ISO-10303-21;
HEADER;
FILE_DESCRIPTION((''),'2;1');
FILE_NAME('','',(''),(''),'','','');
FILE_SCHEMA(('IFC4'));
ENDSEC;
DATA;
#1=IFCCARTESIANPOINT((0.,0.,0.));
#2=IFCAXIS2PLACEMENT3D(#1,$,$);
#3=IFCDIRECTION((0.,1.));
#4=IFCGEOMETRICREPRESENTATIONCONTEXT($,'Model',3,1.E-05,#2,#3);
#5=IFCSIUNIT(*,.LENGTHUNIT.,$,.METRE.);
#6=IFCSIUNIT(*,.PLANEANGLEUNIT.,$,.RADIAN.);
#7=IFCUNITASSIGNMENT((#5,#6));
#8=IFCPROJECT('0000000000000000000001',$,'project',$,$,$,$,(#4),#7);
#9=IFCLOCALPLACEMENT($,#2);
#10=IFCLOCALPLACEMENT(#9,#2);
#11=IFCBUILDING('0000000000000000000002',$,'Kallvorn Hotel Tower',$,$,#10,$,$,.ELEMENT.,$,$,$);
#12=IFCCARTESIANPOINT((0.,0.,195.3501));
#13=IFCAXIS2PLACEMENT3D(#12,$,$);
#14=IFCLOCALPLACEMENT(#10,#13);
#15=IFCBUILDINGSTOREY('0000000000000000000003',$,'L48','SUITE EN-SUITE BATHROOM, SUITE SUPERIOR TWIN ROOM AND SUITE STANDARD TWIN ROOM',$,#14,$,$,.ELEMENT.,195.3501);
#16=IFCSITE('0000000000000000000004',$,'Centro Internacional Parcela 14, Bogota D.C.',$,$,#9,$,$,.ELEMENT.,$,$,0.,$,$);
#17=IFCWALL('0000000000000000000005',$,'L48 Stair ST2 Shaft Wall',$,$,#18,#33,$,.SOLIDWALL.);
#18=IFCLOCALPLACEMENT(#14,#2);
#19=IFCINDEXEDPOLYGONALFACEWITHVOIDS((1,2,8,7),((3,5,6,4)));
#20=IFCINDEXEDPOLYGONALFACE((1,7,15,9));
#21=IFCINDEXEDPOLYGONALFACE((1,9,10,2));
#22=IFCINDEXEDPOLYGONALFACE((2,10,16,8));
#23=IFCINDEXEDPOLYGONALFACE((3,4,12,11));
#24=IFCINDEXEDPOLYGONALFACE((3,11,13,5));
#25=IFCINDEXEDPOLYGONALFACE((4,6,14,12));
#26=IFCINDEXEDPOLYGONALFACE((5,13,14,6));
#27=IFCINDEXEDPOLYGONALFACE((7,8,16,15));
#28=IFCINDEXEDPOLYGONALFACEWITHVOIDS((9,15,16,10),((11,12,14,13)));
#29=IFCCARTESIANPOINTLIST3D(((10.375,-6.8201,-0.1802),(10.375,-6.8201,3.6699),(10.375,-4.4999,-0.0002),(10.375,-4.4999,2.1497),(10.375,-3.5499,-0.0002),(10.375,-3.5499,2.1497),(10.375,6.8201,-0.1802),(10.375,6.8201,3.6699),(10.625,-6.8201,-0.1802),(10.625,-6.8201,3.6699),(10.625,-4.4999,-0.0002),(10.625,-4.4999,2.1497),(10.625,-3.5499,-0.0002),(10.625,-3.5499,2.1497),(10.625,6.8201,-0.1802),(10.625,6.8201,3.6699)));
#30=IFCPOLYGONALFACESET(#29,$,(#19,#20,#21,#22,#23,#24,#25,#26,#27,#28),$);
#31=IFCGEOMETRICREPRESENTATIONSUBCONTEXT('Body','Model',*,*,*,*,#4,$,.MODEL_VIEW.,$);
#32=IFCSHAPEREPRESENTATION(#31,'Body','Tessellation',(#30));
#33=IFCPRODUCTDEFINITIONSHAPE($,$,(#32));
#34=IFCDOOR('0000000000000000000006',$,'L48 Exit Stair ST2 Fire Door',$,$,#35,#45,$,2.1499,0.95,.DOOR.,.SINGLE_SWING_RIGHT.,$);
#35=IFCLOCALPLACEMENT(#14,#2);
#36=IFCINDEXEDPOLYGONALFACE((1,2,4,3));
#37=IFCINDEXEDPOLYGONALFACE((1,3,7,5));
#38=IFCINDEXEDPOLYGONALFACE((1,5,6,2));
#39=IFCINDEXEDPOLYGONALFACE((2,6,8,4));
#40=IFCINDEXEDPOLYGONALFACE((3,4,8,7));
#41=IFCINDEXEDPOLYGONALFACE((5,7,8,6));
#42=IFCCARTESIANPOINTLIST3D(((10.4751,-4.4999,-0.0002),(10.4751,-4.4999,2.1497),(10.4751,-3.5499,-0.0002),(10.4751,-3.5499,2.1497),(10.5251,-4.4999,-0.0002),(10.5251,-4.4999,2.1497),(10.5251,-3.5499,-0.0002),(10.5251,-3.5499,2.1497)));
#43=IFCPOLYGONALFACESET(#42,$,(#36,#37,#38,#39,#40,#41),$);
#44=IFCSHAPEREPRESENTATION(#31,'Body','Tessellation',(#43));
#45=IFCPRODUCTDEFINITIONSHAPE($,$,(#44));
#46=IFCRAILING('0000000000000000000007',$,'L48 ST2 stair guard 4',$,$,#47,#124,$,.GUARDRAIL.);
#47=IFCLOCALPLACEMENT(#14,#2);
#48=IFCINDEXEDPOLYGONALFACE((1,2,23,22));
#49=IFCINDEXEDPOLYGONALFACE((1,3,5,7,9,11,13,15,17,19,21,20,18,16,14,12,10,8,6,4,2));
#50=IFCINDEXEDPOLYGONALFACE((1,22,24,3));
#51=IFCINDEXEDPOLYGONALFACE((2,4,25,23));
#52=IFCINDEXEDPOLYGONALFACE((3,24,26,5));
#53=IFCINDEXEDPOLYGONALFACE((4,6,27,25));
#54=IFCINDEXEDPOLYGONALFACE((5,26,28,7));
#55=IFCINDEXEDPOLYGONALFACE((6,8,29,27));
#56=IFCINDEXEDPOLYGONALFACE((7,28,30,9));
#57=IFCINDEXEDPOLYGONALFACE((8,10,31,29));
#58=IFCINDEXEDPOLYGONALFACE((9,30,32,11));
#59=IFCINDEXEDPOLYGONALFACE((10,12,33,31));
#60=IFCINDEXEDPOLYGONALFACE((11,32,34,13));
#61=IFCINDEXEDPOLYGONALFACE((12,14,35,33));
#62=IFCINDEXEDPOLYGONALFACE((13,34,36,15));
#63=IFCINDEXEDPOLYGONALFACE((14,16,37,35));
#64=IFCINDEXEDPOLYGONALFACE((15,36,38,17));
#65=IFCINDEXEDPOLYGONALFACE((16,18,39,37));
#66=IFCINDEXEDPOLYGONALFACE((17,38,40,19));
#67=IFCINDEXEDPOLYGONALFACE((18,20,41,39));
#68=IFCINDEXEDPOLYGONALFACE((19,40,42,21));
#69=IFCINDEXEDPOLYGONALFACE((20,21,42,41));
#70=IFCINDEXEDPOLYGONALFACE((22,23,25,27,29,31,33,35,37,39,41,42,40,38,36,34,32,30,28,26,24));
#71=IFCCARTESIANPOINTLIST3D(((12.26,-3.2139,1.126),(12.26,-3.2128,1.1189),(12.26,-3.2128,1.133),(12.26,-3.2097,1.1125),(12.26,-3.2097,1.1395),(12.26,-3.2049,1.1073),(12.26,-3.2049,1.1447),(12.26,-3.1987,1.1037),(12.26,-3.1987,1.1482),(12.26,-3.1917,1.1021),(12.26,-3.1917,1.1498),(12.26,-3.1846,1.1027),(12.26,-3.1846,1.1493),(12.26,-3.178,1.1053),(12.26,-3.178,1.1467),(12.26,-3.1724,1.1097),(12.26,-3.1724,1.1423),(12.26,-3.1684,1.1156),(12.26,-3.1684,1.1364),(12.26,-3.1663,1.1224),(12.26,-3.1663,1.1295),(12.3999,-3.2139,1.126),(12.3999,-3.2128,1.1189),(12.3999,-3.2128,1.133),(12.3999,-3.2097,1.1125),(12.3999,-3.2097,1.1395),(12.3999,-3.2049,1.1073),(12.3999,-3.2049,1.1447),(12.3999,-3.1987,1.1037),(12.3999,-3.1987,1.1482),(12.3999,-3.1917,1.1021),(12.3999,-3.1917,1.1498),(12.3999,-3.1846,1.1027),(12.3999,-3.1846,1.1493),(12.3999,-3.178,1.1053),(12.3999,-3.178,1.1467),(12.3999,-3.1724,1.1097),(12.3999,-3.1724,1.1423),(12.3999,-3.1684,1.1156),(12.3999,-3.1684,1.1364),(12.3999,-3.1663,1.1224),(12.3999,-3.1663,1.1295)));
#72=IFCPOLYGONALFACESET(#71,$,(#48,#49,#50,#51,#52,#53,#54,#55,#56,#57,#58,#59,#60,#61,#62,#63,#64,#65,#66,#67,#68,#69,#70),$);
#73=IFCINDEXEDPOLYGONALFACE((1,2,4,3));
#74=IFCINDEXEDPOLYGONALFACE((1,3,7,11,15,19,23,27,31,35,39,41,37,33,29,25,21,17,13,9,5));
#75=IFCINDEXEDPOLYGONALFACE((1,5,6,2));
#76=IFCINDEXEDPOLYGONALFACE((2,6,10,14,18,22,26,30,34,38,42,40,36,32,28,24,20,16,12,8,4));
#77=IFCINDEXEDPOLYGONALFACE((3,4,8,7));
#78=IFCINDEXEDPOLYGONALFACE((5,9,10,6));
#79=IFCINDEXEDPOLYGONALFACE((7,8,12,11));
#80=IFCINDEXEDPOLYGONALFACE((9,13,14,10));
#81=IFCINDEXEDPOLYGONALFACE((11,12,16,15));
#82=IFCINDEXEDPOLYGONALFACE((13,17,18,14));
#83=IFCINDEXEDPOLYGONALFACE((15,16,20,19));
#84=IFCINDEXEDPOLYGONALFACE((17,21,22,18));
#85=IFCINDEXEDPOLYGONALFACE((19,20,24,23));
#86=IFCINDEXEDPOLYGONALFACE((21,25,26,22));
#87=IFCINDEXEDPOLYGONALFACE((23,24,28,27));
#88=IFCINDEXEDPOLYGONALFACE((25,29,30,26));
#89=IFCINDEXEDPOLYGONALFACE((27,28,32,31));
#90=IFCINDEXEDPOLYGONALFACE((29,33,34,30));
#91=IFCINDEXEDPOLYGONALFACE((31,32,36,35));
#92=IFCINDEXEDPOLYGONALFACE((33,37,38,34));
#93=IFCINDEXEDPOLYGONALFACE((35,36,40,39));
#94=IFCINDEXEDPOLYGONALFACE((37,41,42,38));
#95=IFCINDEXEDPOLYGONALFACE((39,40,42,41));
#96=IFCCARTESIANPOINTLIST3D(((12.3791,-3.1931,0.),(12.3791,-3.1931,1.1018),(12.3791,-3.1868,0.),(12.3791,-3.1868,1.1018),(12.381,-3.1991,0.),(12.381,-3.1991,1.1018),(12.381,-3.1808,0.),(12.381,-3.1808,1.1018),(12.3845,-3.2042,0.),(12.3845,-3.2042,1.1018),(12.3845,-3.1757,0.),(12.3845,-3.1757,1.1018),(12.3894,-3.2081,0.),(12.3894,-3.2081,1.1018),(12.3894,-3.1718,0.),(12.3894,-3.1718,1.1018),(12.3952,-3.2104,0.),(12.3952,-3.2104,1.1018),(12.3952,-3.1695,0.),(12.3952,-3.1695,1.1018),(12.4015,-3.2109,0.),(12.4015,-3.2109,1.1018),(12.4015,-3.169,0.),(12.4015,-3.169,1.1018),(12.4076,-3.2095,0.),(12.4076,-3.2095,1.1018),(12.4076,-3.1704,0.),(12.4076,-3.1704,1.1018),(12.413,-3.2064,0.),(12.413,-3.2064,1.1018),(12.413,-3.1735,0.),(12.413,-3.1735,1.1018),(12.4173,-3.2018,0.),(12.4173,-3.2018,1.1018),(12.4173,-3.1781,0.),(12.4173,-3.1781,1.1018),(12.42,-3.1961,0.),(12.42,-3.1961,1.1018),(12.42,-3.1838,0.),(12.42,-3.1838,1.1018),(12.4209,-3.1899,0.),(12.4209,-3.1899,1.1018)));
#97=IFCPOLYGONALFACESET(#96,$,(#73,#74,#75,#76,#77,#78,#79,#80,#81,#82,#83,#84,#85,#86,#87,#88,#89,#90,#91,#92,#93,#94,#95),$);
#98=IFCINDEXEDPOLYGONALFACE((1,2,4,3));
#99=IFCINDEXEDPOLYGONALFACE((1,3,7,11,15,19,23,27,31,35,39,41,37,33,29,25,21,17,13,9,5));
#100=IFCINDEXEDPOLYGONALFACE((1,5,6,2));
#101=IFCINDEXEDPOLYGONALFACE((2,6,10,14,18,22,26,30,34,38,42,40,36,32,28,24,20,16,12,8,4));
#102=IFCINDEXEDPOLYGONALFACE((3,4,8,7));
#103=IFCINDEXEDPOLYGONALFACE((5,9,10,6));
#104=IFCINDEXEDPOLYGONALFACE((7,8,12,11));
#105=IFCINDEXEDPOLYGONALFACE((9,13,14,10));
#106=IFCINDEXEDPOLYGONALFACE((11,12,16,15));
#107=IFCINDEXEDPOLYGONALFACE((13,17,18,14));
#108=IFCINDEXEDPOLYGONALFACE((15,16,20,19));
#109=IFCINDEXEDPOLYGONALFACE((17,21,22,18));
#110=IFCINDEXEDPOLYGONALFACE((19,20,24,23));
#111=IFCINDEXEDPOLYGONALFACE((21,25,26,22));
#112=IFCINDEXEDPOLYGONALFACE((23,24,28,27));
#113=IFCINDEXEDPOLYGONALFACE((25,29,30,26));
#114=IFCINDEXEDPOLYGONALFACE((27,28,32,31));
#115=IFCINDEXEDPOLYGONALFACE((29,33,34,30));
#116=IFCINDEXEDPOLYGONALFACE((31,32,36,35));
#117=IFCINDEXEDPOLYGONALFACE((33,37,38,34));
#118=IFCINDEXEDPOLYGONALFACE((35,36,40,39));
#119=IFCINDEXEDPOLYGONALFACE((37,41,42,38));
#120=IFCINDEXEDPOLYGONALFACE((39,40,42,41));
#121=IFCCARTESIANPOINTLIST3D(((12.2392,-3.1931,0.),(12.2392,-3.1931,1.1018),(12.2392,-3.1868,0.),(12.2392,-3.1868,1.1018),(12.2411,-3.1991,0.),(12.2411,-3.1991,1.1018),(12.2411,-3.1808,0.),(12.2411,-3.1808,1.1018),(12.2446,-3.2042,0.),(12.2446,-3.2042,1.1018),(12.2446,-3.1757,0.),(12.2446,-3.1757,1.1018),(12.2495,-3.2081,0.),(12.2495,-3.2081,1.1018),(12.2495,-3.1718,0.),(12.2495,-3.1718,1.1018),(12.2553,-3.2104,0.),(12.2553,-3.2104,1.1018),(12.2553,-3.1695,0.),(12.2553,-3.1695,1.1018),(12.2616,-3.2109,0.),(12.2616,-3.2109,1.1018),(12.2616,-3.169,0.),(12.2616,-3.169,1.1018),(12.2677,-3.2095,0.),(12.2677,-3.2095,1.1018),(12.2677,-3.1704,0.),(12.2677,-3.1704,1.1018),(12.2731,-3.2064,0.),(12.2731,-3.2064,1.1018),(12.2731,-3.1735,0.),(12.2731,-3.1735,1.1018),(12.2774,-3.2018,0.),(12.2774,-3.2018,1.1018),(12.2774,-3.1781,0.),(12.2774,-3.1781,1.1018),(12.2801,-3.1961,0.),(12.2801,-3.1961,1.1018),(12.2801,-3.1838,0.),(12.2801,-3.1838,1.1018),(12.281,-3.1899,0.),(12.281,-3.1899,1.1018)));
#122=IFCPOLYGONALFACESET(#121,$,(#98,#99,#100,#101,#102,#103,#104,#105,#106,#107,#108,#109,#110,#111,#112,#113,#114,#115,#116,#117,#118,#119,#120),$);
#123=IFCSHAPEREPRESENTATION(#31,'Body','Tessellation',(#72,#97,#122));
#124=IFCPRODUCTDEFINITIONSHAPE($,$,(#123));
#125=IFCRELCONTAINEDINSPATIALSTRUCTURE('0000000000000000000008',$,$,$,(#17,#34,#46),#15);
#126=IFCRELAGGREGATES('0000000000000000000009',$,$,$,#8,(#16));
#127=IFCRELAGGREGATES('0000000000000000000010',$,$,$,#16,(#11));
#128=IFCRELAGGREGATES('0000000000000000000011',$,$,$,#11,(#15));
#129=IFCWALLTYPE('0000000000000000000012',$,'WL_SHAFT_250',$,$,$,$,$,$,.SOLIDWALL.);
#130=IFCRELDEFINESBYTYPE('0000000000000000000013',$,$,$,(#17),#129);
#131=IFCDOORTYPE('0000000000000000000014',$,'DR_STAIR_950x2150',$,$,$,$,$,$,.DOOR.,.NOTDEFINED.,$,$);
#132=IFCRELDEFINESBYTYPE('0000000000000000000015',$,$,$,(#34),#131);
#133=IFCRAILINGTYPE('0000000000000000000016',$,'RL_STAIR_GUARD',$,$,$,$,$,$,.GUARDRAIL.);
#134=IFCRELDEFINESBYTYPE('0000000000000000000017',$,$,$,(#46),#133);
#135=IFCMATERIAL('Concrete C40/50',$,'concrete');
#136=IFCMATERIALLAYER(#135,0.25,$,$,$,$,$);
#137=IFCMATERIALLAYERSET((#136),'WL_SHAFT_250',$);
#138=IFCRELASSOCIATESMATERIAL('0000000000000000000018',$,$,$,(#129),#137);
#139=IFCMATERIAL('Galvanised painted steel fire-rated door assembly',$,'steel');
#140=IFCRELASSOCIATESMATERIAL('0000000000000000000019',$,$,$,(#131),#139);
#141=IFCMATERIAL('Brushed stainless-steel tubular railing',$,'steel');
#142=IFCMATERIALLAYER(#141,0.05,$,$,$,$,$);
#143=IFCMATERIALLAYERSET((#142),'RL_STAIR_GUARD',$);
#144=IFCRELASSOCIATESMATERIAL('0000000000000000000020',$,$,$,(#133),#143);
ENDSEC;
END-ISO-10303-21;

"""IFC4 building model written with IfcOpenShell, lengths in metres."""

from ifc_helpers import new_model, si_unit, direction, frame, frame_2d, origin, origin_2d, place, context, subcontext, project, spatial, rectangle, circle, extrude, material, layer, layer_set, type_object, element, fill, save


model = new_model("IFC4")

# Units and contexts
model_context = context("Model", 3, precision=1e-05, world=origin(), true_north=direction((0.0, 1.0)))
body_context = subcontext(model_context, "Body", "Model", "MODEL_VIEW")
ifc_project = project(units=[si_unit("LENGTHUNIT", "METRE"), si_unit("PLANEANGLEUNIT", "RADIAN")], contexts=[model_context])

# Site, building, storey
site_placement = place(None, origin())
site = spatial("IfcSite", under=ifc_project, at=site_placement, Name="Centro Internacional Parcela 14, Bogota D.C.", CompositionType="ELEMENT", RefElevation=0.0)
building_placement = place(site_placement, origin())
building = spatial("IfcBuilding", under=site, at=building_placement, Name="Kallvorn Hotel Tower", CompositionType="ELEMENT")
storey_placement = place(building_placement, frame((0.0, 0.0, 195.3501)))
storey = spatial("IfcBuildingStorey", under=building, at=storey_placement, Name="L48", Description="SUITE EN-SUITE BATHROOM, SUITE SUPERIOR TWIN ROOM AND SUITE STANDARD TWIN ROOM", CompositionType="ELEMENT", Elevation=195.3501)

# Wall, opening, door
ifc_material_1 = material(Name="Concrete C40/50", Category="concrete")
ifc_layer_1 = layer(ifc_material_1, 0.25)
ifc_layer_set_1 = layer_set([ifc_layer_1], Name="WL_SHAFT_250")
wall_type_1 = type_object("IfcWallType", Name="WL_SHAFT_250", PredefinedType="SOLIDWALL", material=ifc_layer_set_1)
wall_1_placement = place(storey_placement, frame((10.5, -6.8201, -0.1802), z_axis=(0.0, 0.0, 1.0), x_axis=(0.0, 1.0, 0.0)))
wall_1 = element("IfcWall", 1, at=wall_1_placement, inside=storey, type_object=wall_type_1, Name="L48 Stair ST2 Shaft Wall", PredefinedType="SOLIDWALL", context=body_context, shape_type="SweptSolid", body=[
    extrude(rectangle(XDim=13.6401, YDim=0.25, at=frame_2d((6.8201, 0.0))), origin(), (0.0, 0.0, 1.0), 3.8501),
])
opening_1_placement = place(wall_1_placement, frame((2.3201, 0.0, 0.1799)))
opening_1 = element("IfcOpeningElement", 2, at=opening_1_placement, cuts=wall_1, PredefinedType="OPENING", context=body_context, shape_type="SweptSolid", body=[
    extrude(rectangle(XDim=0.95, YDim=2.1499, at=frame_2d((0.4751, 1.075))), frame((0.0, 0.1399, 0.0), z_axis=(0.0, -1.0, 0.0), x_axis=(1.0, 0.0, 0.0)), (0.0, 0.0, 1.0), 0.28),
])
ifc_material_2 = material(Name="Galvanised painted steel fire-rated door assembly", Category="steel")
door_type_1 = type_object("IfcDoorType", Name="DR_STAIR_950x2150", OperationType="NOTDEFINED", PredefinedType="DOOR", material=ifc_material_2)
door_1_placement = place(opening_1_placement, origin())
door_1 = element("IfcDoor", 3, at=door_1_placement, inside=storey, type_object=door_type_1, Name="L48 Exit Stair ST2 Fire Door", OperationType="SINGLE_SWING_RIGHT", OverallHeight=2.1499, OverallWidth=0.95, PredefinedType="DOOR", context=body_context, shape_type="SweptSolid", body=[
    extrude(rectangle(XDim=0.95, YDim=2.1499, at=frame_2d((0.4751, 1.075))), frame((0.0, 0.0249, 0.0), z_axis=(0.0, -1.0, 0.0), x_axis=(1.0, 0.0, 0.0)), (0.0, 0.0, 1.0), 0.05),
])
fill(opening_1, door_1)

# Railing
ifc_material_3 = material(Name="Brushed stainless-steel tubular railing", Category="steel")
ifc_layer_2 = layer(ifc_material_3, 0.05)
ifc_layer_set_2 = layer_set([ifc_layer_2], Name="RL_STAIR_GUARD")
railing_type = type_object("IfcRailingType", Name="RL_STAIR_GUARD", PredefinedType="GUARDRAIL", material=ifc_layer_set_2)
railing_placement = place(storey_placement, frame((12.3999, -3.1899, 0.0)))
element("IfcRailing", 4, at=railing_placement, inside=storey, type_object=railing_type, Name="L48 ST2 stair guard 4", PredefinedType="GUARDRAIL", context=body_context, shape_type="SweptSolid", body=[
    extrude(circle(Radius=0.0239, at=origin_2d()), frame((0.0, 0.0, 1.126), z_axis=(-1.0, 0.0, 0.0), x_axis=(0.0, -1.0, 0.0)), (0.0, 0.0, 1.0), 0.1399),
    extrude(circle(Radius=0.021, at=origin_2d()), origin(), (0.0, 0.0, 1.0), 1.1018),
    extrude(circle(Radius=0.021, at=origin_2d()), frame((-0.1399, 0.0, 0.0)), (0.0, 0.0, 1.0), 1.1018),
])

save(model, "model.ifc")
